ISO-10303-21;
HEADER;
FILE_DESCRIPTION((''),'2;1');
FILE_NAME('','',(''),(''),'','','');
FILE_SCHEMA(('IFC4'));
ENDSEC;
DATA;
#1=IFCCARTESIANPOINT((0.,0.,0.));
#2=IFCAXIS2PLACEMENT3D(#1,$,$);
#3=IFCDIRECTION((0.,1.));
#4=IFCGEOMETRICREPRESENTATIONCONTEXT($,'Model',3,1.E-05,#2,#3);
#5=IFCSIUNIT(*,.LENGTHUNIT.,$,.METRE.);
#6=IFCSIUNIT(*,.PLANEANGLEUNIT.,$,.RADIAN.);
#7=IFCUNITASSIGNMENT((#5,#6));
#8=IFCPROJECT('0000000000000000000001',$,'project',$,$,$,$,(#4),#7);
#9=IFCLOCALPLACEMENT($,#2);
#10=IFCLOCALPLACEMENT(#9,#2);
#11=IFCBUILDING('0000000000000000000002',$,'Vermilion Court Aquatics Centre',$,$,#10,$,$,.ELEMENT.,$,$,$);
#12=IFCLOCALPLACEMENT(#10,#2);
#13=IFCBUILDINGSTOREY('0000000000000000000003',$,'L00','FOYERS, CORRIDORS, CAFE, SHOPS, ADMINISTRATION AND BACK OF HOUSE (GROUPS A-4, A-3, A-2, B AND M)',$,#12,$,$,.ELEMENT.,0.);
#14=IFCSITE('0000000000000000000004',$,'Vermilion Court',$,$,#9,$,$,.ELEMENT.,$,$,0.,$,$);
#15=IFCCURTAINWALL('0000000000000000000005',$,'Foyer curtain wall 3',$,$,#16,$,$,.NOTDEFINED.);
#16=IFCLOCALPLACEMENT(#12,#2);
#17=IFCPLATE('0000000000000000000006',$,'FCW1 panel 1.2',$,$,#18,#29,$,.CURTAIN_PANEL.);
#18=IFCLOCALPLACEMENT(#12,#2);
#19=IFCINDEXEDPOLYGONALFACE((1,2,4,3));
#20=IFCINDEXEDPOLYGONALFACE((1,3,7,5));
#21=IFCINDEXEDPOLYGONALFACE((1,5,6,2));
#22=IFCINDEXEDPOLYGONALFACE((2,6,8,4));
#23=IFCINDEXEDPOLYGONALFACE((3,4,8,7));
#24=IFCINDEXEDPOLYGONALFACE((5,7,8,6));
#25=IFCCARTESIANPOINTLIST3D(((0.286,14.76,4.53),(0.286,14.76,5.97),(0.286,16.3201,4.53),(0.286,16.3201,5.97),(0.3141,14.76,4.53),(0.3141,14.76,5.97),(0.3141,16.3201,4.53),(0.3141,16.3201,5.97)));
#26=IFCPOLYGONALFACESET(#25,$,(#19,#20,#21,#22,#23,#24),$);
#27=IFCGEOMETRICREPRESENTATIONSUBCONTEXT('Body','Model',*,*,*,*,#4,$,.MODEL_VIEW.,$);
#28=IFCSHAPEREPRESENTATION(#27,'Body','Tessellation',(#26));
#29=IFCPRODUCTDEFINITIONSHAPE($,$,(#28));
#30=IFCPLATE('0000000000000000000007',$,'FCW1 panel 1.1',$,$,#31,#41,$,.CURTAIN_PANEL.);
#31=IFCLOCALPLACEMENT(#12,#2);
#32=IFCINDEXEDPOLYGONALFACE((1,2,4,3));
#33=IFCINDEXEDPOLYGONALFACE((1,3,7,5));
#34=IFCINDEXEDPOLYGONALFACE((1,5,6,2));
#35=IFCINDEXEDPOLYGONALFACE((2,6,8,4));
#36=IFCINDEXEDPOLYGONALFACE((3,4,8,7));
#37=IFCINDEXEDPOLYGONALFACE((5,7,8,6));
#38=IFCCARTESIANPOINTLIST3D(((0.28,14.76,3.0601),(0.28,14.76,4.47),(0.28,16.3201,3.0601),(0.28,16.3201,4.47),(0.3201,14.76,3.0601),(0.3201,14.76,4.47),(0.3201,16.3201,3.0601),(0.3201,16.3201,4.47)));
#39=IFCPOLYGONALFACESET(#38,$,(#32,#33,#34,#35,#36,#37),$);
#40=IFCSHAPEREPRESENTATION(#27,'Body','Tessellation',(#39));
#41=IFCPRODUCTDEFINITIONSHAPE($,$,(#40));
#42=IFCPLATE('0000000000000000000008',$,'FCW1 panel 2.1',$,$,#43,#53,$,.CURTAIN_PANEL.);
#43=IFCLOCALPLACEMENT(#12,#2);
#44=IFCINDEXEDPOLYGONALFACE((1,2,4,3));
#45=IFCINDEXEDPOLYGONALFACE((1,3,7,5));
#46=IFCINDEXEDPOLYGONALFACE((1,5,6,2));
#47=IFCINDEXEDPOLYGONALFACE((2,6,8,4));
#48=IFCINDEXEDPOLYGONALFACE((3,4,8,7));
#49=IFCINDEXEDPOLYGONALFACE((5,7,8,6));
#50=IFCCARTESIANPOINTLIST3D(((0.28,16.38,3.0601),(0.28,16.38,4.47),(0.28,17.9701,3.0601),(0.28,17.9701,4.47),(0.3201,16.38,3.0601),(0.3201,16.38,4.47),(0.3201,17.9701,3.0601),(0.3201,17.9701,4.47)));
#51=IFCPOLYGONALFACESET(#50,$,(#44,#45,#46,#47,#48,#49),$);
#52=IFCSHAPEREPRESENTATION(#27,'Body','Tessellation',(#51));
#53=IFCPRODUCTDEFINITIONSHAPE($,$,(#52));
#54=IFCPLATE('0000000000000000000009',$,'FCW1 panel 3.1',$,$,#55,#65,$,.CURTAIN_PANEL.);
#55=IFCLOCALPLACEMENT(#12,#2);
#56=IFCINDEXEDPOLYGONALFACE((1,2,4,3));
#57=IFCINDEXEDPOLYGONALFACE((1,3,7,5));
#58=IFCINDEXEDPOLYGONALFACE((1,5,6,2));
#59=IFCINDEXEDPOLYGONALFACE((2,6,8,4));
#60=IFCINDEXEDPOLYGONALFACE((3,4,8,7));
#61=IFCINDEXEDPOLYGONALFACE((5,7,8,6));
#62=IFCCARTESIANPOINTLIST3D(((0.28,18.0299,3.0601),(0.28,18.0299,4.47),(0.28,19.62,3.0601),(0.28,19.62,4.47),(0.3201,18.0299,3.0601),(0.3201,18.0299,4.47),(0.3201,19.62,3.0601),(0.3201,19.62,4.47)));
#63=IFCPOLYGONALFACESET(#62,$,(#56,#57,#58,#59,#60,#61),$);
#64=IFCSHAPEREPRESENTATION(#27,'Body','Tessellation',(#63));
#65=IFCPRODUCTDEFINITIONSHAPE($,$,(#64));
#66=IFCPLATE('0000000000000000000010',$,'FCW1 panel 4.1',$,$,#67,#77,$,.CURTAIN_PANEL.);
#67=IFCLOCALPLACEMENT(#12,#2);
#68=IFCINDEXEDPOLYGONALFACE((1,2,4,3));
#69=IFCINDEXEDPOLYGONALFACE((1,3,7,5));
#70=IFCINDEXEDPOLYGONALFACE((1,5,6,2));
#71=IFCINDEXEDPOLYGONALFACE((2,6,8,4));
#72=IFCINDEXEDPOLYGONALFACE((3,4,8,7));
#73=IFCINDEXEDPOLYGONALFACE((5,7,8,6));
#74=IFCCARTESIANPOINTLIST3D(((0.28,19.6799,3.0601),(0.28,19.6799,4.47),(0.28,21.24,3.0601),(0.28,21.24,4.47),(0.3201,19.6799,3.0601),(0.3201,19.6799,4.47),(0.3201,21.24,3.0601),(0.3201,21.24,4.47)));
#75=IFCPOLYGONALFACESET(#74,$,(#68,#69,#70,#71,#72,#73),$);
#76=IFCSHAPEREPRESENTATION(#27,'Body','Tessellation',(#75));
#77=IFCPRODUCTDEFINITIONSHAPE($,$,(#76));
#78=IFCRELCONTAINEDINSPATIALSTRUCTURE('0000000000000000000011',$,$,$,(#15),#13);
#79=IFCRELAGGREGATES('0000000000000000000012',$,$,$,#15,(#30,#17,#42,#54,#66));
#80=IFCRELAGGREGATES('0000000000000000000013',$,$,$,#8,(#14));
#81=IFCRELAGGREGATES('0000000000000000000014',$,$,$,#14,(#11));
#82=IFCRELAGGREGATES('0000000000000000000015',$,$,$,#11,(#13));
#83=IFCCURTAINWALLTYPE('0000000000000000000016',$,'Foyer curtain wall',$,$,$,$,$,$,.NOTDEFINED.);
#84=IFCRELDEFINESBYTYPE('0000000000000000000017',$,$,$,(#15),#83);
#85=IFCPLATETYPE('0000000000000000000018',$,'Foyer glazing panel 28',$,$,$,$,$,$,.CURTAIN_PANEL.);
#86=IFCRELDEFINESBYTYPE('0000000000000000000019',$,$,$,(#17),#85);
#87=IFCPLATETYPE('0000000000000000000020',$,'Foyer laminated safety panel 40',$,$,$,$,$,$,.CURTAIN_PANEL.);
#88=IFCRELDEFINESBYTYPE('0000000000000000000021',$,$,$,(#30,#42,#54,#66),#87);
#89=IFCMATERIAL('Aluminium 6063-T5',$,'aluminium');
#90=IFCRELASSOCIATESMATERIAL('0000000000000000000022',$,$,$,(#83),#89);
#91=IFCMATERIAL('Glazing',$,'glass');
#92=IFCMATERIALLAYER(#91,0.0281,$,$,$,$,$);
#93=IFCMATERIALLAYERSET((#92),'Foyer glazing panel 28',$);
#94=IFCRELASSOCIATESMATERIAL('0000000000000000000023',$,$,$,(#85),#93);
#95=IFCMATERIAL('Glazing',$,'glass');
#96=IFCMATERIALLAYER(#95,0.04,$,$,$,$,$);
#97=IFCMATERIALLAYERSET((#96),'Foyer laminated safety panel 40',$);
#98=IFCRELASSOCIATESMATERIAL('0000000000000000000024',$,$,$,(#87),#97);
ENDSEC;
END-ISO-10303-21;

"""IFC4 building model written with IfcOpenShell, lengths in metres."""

from ifc_helpers import new_model, si_unit, direction, frame, origin, origin_2d, place, context, subcontext, project, spatial, rectangle, extrude, material, layer, layer_set, type_object, element, aggregate, save


model = new_model("IFC4")

# Units and contexts
model_context = context("Model", 3, precision=1e-05, world=origin(), true_north=direction((0.0, 1.0)))
body_context = subcontext(model_context, "Body", "Model", "MODEL_VIEW")
ifc_project = project(units=[si_unit("LENGTHUNIT", "METRE"), si_unit("PLANEANGLEUNIT", "RADIAN")], contexts=[model_context])

# Site, building, storey
site_placement = place(None, origin())
site = spatial("IfcSite", under=ifc_project, at=site_placement, Name="Vermilion Court", CompositionType="ELEMENT", RefElevation=0.0)
building_placement = place(site_placement, origin())
building = spatial("IfcBuilding", under=site, at=building_placement, Name="Vermilion Court Aquatics Centre", CompositionType="ELEMENT")
storey_placement = place(building_placement, origin())
storey = spatial("IfcBuildingStorey", under=building, at=storey_placement, Name="L00", Description="FOYERS, CORRIDORS, CAFE, SHOPS, ADMINISTRATION AND BACK OF HOUSE (GROUPS A-4, A-3, A-2, B AND M)", CompositionType="ELEMENT", Elevation=0.0)

# Curtain wall, plates
ifc_material_1 = material(Name="Aluminium 6063-T5", Category="aluminium")
curtain_wall_type = type_object("IfcCurtainWallType", Name="Foyer curtain wall", PredefinedType="NOTDEFINED", material=ifc_material_1)
curtain_wall_placement = place(storey_placement, origin())
curtain_wall = element("IfcCurtainWall", 1, at=curtain_wall_placement, inside=storey, type_object=curtain_wall_type, Name="Foyer curtain wall 3", PredefinedType="NOTDEFINED")
ifc_material_2 = material(Name="Glazing", Category="glass")
ifc_layer_1 = layer(ifc_material_2, 0.0281)
ifc_layer_set_1 = layer_set([ifc_layer_1], Name="Foyer glazing panel 28")
plate_type_1 = type_object("IfcPlateType", Name="Foyer glazing panel 28", PredefinedType="CURTAIN_PANEL", material=ifc_layer_set_1)
plate_1_placement = place(storey_placement, frame((0.3, 15.54, 4.53), z_axis=(0.0, 0.0, 1.0), x_axis=(0.0, 1.0, 0.0)))
plate_1 = element("IfcPlate", 2, at=plate_1_placement, type_object=plate_type_1, Name="FCW1 panel 1.2", PredefinedType="CURTAIN_PANEL", context=body_context, shape_type="SweptSolid", body=[
    extrude(rectangle(XDim=1.5601, YDim=0.0281, at=origin_2d()), origin(), (0.0, 0.0, 1.0), 1.4399),
])
ifc_material_3 = material(Name="Glazing", Category="glass")
ifc_layer_2 = layer(ifc_material_3, 0.04)
ifc_layer_set_2 = layer_set([ifc_layer_2], Name="Foyer laminated safety panel 40")
plate_type_2 = type_object("IfcPlateType", Name="Foyer laminated safety panel 40", PredefinedType="CURTAIN_PANEL", material=ifc_layer_set_2)
plate_2_placement = place(storey_placement, frame((0.3, 15.54, 3.0601), z_axis=(0.0, 0.0, 1.0), x_axis=(0.0, 1.0, 0.0)))
plate_2 = element("IfcPlate", 3, at=plate_2_placement, type_object=plate_type_2, Name="FCW1 panel 1.1", PredefinedType="CURTAIN_PANEL", context=body_context, shape_type="SweptSolid", body=[
    extrude(rectangle(XDim=1.5601, YDim=0.04, at=origin_2d()), origin(), (0.0, 0.0, 1.0), 1.4099),
])
plate_3_placement = place(storey_placement, frame((0.3, 17.175, 3.0601), z_axis=(0.0, 0.0, 1.0), x_axis=(0.0, 1.0, 0.0)))
plate_3 = element("IfcPlate", 4, at=plate_3_placement, type_object=plate_type_2, Name="FCW1 panel 2.1", PredefinedType="CURTAIN_PANEL", context=body_context, shape_type="SweptSolid", body=[
    extrude(rectangle(XDim=1.5901, YDim=0.04, at=origin_2d()), origin(), (0.0, 0.0, 1.0), 1.4099),
])
plate_4_placement = place(storey_placement, frame((0.3, 18.825, 3.0601), z_axis=(0.0, 0.0, 1.0), x_axis=(0.0, 1.0, 0.0)))
plate_4 = element("IfcPlate", 5, at=plate_4_placement, type_object=plate_type_2, Name="FCW1 panel 3.1", PredefinedType="CURTAIN_PANEL", context=body_context, shape_type="SweptSolid", body=[
    extrude(rectangle(XDim=1.5901, YDim=0.04, at=origin_2d()), origin(), (0.0, 0.0, 1.0), 1.4099),
])
plate_5_placement = place(storey_placement, frame((0.3, 20.46, 3.0601), z_axis=(0.0, 0.0, 1.0), x_axis=(0.0, 1.0, 0.0)))
plate_5 = element("IfcPlate", 6, at=plate_5_placement, type_object=plate_type_2, Name="FCW1 panel 4.1", PredefinedType="CURTAIN_PANEL", context=body_context, shape_type="SweptSolid", body=[
    extrude(rectangle(XDim=1.5601, YDim=0.04, at=origin_2d()), origin(), (0.0, 0.0, 1.0), 1.4099),
])
aggregate(curtain_wall, [plate_2, plate_1, plate_3, plate_4, plate_5])

save(model, "model.ifc")
